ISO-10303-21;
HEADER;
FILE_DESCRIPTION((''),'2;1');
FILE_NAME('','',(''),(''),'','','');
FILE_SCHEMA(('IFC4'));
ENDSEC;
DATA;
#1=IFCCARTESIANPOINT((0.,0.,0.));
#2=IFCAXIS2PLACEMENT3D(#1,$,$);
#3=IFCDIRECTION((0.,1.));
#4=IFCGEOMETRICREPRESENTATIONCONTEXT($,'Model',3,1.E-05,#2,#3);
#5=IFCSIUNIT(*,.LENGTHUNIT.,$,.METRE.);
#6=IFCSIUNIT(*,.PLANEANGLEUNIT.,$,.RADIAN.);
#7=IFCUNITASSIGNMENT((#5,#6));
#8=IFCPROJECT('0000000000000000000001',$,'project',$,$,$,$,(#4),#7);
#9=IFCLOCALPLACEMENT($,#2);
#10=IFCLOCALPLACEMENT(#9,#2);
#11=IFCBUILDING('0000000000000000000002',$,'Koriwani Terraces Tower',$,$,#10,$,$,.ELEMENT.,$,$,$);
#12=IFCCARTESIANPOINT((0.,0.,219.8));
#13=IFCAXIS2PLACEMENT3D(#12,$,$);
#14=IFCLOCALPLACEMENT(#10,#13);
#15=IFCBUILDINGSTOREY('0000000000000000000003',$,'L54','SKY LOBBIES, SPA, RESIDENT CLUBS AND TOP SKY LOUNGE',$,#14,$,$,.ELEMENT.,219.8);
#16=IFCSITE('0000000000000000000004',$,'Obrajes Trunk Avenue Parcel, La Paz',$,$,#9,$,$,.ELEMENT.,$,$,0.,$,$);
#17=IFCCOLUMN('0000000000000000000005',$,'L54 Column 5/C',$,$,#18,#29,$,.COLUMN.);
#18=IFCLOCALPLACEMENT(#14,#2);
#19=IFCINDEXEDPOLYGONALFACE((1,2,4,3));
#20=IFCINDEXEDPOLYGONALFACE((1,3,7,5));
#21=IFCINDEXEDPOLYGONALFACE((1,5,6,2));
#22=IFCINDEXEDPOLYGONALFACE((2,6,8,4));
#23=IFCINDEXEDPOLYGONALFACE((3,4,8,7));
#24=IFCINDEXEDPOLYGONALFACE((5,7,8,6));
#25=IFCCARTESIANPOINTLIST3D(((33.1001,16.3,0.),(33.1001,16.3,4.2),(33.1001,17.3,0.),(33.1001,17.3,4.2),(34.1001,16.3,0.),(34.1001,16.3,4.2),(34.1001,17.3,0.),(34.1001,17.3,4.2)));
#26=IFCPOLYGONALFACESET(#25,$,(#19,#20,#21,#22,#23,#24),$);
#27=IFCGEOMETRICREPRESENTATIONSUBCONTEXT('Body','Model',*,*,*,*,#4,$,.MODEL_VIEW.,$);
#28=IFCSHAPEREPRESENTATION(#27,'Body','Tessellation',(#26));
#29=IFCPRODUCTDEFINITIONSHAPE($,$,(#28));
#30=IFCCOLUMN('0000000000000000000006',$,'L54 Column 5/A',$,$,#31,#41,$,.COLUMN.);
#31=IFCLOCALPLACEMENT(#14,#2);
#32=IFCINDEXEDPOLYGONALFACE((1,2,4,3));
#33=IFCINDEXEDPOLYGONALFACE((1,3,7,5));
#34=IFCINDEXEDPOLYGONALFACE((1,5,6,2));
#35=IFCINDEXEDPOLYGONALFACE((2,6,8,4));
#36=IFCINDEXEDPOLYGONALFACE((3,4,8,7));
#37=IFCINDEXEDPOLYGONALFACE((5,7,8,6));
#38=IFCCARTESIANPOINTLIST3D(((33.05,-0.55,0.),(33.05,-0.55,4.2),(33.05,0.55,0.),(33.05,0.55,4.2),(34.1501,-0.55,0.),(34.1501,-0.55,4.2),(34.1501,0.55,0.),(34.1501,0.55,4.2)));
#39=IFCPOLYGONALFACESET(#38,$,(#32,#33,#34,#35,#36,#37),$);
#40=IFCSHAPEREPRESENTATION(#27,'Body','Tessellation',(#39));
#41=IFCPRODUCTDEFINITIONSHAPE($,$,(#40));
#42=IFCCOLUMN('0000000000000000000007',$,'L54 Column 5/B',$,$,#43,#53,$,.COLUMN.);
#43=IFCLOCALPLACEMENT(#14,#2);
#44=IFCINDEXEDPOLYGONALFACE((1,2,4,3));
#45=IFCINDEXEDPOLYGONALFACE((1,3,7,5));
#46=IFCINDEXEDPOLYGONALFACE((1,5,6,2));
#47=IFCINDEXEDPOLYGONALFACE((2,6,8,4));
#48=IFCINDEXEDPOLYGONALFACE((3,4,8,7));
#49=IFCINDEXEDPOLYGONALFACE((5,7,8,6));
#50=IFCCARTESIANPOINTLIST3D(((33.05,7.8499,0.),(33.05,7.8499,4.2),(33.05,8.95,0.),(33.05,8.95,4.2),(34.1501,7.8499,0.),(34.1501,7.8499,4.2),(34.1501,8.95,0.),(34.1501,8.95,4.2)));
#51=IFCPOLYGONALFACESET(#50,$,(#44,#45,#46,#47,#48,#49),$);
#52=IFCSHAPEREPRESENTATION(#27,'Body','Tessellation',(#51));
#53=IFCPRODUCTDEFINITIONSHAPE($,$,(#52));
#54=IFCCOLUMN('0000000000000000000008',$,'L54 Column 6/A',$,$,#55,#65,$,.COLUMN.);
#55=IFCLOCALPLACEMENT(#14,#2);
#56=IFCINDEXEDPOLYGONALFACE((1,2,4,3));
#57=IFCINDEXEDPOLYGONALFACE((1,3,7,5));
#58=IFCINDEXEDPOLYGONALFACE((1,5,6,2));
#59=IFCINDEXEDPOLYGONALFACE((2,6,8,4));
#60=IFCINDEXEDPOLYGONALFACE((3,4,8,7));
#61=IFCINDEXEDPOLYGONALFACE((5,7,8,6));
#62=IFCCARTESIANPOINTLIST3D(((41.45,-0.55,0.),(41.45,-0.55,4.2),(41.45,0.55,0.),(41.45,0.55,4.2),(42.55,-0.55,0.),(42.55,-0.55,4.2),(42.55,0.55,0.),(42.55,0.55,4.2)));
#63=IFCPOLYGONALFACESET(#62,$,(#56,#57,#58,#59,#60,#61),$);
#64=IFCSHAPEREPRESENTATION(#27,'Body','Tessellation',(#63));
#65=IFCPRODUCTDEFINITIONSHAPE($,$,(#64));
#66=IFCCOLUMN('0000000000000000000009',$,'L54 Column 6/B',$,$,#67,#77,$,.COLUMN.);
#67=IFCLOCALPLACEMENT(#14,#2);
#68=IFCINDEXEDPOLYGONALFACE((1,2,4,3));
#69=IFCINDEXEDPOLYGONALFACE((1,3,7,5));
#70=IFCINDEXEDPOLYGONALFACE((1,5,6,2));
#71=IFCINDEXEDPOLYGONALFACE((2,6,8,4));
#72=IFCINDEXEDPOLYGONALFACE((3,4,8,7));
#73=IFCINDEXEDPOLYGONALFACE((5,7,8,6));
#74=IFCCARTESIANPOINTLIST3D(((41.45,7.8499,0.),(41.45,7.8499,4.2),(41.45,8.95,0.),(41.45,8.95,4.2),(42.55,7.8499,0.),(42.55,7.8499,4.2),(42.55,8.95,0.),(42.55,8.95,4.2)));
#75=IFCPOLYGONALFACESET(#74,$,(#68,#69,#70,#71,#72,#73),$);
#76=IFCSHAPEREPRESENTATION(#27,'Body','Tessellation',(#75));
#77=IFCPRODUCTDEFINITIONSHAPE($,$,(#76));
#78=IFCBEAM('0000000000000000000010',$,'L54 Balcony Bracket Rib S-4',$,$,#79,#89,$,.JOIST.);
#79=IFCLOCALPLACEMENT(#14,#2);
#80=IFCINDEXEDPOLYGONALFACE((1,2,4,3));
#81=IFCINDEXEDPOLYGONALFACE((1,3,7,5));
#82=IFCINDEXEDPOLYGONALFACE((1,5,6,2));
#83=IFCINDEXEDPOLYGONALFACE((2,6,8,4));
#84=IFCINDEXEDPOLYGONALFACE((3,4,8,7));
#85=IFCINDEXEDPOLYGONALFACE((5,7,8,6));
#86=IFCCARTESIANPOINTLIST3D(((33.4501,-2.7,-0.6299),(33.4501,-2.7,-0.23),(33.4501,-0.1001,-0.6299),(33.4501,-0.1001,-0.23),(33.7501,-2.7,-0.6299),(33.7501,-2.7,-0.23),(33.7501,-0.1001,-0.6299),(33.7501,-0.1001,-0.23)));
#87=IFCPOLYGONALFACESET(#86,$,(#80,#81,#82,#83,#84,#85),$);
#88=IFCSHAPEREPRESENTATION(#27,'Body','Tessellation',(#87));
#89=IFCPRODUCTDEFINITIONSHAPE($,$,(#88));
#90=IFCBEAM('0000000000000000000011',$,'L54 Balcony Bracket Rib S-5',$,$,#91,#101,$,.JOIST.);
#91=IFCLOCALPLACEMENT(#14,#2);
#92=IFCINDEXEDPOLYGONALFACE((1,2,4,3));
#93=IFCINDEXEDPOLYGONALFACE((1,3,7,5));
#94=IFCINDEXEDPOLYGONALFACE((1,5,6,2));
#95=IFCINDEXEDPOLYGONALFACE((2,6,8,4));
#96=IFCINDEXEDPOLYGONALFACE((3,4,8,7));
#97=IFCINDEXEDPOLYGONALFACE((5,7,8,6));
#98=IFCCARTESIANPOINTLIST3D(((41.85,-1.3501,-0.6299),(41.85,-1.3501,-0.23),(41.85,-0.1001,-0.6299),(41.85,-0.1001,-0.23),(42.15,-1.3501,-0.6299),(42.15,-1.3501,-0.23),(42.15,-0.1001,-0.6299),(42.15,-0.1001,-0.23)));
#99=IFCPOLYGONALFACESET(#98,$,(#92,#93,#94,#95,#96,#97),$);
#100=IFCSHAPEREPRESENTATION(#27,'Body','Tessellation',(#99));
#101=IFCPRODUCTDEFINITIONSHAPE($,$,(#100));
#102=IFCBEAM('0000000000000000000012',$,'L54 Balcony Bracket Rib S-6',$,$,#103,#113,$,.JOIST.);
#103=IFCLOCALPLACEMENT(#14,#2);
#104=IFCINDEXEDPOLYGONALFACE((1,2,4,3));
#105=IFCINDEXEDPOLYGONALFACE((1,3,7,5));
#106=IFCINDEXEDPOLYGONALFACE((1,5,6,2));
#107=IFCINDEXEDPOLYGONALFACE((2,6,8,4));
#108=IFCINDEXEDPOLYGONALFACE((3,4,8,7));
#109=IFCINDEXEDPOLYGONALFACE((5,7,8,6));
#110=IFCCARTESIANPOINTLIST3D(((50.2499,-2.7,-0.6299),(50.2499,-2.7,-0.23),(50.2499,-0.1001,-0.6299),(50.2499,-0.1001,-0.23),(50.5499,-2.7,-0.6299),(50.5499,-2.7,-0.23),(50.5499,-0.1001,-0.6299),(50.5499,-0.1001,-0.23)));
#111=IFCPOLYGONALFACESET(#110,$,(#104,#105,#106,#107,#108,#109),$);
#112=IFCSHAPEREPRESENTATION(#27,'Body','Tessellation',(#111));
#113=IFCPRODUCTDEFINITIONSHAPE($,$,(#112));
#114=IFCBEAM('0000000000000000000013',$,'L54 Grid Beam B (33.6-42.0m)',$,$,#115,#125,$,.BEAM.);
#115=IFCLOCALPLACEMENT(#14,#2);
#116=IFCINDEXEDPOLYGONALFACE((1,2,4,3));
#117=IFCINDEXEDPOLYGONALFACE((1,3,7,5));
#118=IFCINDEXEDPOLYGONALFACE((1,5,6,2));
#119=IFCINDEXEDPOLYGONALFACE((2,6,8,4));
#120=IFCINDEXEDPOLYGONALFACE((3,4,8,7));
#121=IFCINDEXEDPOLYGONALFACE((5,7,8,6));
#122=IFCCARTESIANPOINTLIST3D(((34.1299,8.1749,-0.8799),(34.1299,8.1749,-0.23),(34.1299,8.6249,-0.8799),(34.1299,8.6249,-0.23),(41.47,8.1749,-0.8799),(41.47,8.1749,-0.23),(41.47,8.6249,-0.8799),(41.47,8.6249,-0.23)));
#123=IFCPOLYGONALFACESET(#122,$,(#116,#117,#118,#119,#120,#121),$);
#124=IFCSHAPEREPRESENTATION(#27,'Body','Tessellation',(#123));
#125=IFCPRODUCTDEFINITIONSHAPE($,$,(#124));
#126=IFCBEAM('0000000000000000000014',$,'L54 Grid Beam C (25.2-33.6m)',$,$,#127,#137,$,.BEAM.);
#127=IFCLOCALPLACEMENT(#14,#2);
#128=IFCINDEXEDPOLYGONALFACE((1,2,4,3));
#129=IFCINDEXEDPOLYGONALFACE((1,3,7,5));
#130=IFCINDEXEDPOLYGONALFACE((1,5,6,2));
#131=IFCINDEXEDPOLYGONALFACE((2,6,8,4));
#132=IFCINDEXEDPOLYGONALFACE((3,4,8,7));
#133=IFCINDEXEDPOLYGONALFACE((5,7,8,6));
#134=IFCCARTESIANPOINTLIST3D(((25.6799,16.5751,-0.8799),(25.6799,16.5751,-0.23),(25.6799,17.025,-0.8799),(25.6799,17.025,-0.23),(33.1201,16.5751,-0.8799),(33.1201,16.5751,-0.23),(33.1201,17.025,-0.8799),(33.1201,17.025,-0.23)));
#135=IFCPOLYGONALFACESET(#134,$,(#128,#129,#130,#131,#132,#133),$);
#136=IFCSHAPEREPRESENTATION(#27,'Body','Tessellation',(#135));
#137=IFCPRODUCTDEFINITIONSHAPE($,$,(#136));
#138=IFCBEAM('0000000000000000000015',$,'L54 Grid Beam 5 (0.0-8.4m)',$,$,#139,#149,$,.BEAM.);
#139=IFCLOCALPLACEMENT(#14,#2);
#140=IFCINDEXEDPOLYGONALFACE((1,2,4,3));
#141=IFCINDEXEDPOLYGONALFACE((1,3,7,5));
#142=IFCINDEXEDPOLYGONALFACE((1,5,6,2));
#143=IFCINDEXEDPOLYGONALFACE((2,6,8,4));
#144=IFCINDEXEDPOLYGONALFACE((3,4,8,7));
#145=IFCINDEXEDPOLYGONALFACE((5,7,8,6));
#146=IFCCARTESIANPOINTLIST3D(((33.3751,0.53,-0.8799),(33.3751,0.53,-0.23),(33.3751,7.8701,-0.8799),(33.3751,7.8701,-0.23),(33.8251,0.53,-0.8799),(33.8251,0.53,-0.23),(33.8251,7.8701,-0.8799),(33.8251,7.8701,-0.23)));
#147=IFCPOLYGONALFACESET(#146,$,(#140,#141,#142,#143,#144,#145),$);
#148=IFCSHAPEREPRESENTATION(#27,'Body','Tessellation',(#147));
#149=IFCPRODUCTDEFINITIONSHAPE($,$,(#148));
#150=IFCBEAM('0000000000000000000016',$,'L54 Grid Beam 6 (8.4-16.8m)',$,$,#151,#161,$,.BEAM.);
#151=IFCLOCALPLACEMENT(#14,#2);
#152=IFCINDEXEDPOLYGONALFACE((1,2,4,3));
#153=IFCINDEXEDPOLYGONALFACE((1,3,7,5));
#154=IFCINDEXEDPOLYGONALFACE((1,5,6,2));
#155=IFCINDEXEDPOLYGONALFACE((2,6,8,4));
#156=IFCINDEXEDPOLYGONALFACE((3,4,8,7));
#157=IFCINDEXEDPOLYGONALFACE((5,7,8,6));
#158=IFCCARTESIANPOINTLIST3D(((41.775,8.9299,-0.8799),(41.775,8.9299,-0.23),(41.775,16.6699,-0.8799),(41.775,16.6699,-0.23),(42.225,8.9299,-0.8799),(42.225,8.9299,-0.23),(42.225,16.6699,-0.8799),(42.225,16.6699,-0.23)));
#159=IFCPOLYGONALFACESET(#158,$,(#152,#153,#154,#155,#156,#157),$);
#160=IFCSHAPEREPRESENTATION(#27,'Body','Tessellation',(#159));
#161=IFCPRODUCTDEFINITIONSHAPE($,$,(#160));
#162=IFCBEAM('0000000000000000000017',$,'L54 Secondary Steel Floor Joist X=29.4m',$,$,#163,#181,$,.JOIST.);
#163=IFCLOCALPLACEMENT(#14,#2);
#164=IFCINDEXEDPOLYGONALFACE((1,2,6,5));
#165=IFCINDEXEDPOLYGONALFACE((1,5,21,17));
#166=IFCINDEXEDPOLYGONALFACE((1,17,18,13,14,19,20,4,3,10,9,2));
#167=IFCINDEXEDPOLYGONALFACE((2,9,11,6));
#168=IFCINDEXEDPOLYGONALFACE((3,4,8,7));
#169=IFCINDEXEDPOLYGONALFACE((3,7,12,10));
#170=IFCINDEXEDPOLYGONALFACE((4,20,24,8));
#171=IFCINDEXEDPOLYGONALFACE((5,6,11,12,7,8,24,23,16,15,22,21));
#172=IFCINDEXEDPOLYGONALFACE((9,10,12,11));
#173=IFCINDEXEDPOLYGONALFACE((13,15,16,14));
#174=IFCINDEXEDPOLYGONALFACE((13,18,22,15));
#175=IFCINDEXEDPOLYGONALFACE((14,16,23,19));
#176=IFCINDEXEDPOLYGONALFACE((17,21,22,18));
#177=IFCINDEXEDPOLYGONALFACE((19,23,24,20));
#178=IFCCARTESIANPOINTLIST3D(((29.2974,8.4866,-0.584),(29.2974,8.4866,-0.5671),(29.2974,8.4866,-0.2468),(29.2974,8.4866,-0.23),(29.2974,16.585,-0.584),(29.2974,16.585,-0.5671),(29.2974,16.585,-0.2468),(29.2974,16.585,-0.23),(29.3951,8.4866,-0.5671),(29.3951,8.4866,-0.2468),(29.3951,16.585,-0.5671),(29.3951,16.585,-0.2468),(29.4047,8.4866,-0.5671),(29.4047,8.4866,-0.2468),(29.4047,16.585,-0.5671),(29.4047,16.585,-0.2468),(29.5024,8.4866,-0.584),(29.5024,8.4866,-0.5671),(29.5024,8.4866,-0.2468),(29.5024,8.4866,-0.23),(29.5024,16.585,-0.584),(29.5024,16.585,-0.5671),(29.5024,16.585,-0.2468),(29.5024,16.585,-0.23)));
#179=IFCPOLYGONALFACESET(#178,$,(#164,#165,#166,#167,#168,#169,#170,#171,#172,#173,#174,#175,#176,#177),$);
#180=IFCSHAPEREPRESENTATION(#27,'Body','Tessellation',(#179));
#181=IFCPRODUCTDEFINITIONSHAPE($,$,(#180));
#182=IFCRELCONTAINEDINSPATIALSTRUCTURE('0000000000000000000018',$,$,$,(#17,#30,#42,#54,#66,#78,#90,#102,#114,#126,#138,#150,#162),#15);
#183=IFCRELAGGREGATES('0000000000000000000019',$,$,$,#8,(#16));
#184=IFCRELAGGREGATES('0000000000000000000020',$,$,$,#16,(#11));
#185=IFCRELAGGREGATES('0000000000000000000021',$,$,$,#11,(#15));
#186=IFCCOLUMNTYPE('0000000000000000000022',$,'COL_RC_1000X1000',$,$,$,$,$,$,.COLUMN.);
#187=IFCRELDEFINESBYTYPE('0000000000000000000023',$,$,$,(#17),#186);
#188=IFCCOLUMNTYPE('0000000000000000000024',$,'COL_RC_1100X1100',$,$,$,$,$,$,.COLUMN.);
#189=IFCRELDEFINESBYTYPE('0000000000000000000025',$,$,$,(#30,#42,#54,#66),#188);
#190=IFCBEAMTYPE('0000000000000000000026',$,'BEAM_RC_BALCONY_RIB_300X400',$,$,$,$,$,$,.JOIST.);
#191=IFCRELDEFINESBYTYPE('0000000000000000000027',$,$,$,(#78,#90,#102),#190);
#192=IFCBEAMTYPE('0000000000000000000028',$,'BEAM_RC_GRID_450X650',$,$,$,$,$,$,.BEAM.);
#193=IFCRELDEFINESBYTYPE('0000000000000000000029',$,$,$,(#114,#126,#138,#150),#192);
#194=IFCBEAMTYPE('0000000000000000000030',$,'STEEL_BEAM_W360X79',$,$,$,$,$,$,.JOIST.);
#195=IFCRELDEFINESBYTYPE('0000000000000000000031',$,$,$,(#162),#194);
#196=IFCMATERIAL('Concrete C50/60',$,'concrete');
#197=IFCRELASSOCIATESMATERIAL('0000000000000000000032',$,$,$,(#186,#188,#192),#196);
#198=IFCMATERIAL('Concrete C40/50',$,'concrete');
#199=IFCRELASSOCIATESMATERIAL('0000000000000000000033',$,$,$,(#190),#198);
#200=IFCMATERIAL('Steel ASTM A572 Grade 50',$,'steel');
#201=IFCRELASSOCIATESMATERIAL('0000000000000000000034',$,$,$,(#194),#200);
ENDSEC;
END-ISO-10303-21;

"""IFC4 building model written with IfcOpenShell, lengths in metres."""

from ifc_helpers import new_model, si_unit, direction, frame, origin, origin_2d, place, context, subcontext, project, spatial, rectangle, i_section, extrude, material, material_profile, profile_set, type_object, element, save


model = new_model("IFC4")

# Units and contexts
model_context = context("Model", 3, precision=1e-05, world=origin(), true_north=direction((0.0, 1.0)))
body_context = subcontext(model_context, "Body", "Model", "MODEL_VIEW")
ifc_project = project(units=[si_unit("LENGTHUNIT", "METRE"), si_unit("PLANEANGLEUNIT", "RADIAN")], contexts=[model_context])

# Site, building, storey
site_placement = place(None, origin())
site = spatial("IfcSite", under=ifc_project, at=site_placement, Name="Obrajes Trunk Avenue Parcel, La Paz", CompositionType="ELEMENT", RefElevation=0.0)
building_placement = place(site_placement, origin())
building = spatial("IfcBuilding", under=site, at=building_placement, Name="Koriwani Terraces Tower", CompositionType="ELEMENT")
storey_placement = place(building_placement, frame((0.0, 0.0, 219.8)))
storey = spatial("IfcBuildingStorey", under=building, at=storey_placement, Name="L54", Description="SKY LOBBIES, SPA, RESIDENT CLUBS AND TOP SKY LOUNGE", CompositionType="ELEMENT", Elevation=219.8)

# Columns
ifc_material_1 = material(Name="Concrete C50/60", Category="concrete")
ifc_material_profile_1 = material_profile(ifc_material_1, rectangle(XDim=1.0, YDim=1.0, at=origin_2d()), Name="Concrete C50/60", Category="LoadBearing")
ifc_profile_set_1 = profile_set([ifc_material_profile_1], Name="Concrete C50/60")
column_type_1 = type_object("IfcColumnType", Name="COL_RC_1000X1000", PredefinedType="COLUMN", material=ifc_profile_set_1)
column_placement = place(storey_placement, frame((33.6001, 16.8, 0.0), z_axis=(0.0, 0.0, 1.0), x_axis=(1.0, 0.0, 0.0)))
element("IfcColumn", 1, at=column_placement, inside=storey, type_object=column_type_1, Name="L54 Column 5/C", PredefinedType="COLUMN", context=body_context, shape_type="SweptSolid", body=[
    extrude(rectangle(XDim=1.0, YDim=1.0, at=origin_2d()), origin(), (0.0, 0.0, 1.0), 4.2),
])
ifc_material_profile_2 = material_profile(ifc_material_1, rectangle(XDim=1.1001, YDim=1.1001, at=origin_2d()), Name="Concrete C50/60", Category="LoadBearing")
ifc_profile_set_2 = profile_set([ifc_material_profile_2], Name="Concrete C50/60")
column_type_2 = type_object("IfcColumnType", Name="COL_RC_1100X1100", PredefinedType="COLUMN", material=ifc_profile_set_2)
for number, where, z_axis, x_axis, name in (
    (2, (33.6001, 0.0, 0.0), (0.0, 0.0, 1.0), (1.0, 0.0, 0.0), "L54 Column 5/A"),
    (3, (33.6001, 8.3999, 0.0), (0.0, 0.0, 1.0), (1.0, 0.0, 0.0), "L54 Column 5/B"),
    (4, (42.0, 0.0, 0.0), (0.0, 0.0, 1.0), (1.0, 0.0, 0.0), "L54 Column 6/A"),
    (5, (42.0, 8.3999, 0.0), (0.0, 0.0, 1.0), (1.0, 0.0, 0.0), "L54 Column 6/B"),
):
    element("IfcColumn", number, at=place(storey_placement, frame(where, z_axis=z_axis, x_axis=x_axis)), inside=storey, type_object=column_type_2, Name=name, PredefinedType="COLUMN", context=body_context, shape_type="SweptSolid", body=[
        extrude(rectangle(XDim=1.1001, YDim=1.1001, at=origin_2d()), origin(), (0.0, 0.0, 1.0), 4.2),
    ])

# Beams
ifc_material_2 = material(Name="Concrete C40/50", Category="concrete")
ifc_material_profile_3 = material_profile(ifc_material_2, rectangle(XDim=0.3, YDim=0.3999, at=origin_2d()), Name="Concrete C40/50", Category="LoadBearing")
ifc_profile_set_3 = profile_set([ifc_material_profile_3], Name="Concrete C40/50")
beam_type_1 = type_object("IfcBeamType", Name="BEAM_RC_BALCONY_RIB_300X400", PredefinedType="JOIST", material=ifc_profile_set_3)
beam_1_placement = place(storey_placement, frame((33.6001, -2.7, -0.4299), z_axis=(0.0, 1.0, 0.0), x_axis=(-1.0, 0.0, 0.0)))
element("IfcBeam", 6, at=beam_1_placement, inside=storey, type_object=beam_type_1, Name="L54 Balcony Bracket Rib S-4", PredefinedType="JOIST", context=body_context, shape_type="SweptSolid", body=[
    extrude(rectangle(XDim=0.3, YDim=0.3999, at=origin_2d()), origin(), (0.0, 0.0, 1.0), 2.5999),
])
beam_2_placement = place(storey_placement, frame((42.0, -1.3501, -0.4299), z_axis=(0.0, 1.0, 0.0), x_axis=(-1.0, 0.0, 0.0)))
element("IfcBeam", 7, at=beam_2_placement, inside=storey, type_object=beam_type_1, Name="L54 Balcony Bracket Rib S-5", PredefinedType="JOIST", context=body_context, shape_type="SweptSolid", body=[
    extrude(rectangle(XDim=0.3, YDim=0.3999, at=origin_2d()), origin(), (0.0, 0.0, 1.0), 1.25),
])
beam_3_placement = place(storey_placement, frame((50.3999, -2.7, -0.4299), z_axis=(0.0, 1.0, 0.0), x_axis=(-1.0, 0.0, 0.0)))
element("IfcBeam", 8, at=beam_3_placement, inside=storey, type_object=beam_type_1, Name="L54 Balcony Bracket Rib S-6", PredefinedType="JOIST", context=body_context, shape_type="SweptSolid", body=[
    extrude(rectangle(XDim=0.3, YDim=0.3999, at=origin_2d()), origin(), (0.0, 0.0, 1.0), 2.5999),
])
ifc_material_profile_4 = material_profile(ifc_material_1, rectangle(XDim=0.45, YDim=0.6499, at=origin_2d()), Name="Concrete C50/60", Category="LoadBearing")
ifc_profile_set_4 = profile_set([ifc_material_profile_4], Name="Concrete C50/60")
beam_type_2 = type_object("IfcBeamType", Name="BEAM_RC_GRID_450X650", PredefinedType="BEAM", material=ifc_profile_set_4)
beam_4_placement = place(storey_placement, frame((34.1299, 8.3999, -0.5549), z_axis=(1.0, 0.0, 0.0), x_axis=(0.0, 1.0, 0.0)))
element("IfcBeam", 9, at=beam_4_placement, inside=storey, type_object=beam_type_2, Name="L54 Grid Beam B (33.6-42.0m)", PredefinedType="BEAM", context=body_context, shape_type="SweptSolid", body=[
    extrude(rectangle(XDim=0.45, YDim=0.6499, at=origin_2d()), origin(), (0.0, 0.0, 1.0), 7.3401),
])
beam_5_placement = place(storey_placement, frame((25.6799, 16.8, -0.5549), z_axis=(1.0, 0.0, 0.0), x_axis=(0.0, 1.0, 0.0)))
element("IfcBeam", 10, at=beam_5_placement, inside=storey, type_object=beam_type_2, Name="L54 Grid Beam C (25.2-33.6m)", PredefinedType="BEAM", context=body_context, shape_type="SweptSolid", body=[
    extrude(rectangle(XDim=0.45, YDim=0.6499, at=origin_2d()), origin(), (0.0, 0.0, 1.0), 7.4402),
])
beam_6_placement = place(storey_placement, frame((33.6001, 0.53, -0.5549), z_axis=(0.0, 1.0, 0.0), x_axis=(-1.0, 0.0, 0.0)))
element("IfcBeam", 11, at=beam_6_placement, inside=storey, type_object=beam_type_2, Name="L54 Grid Beam 5 (0.0-8.4m)", PredefinedType="BEAM", context=body_context, shape_type="SweptSolid", body=[
    extrude(rectangle(XDim=0.45, YDim=0.6499, at=origin_2d()), origin(), (0.0, 0.0, 1.0), 7.3401),
])
beam_7_placement = place(storey_placement, frame((42.0, 8.9299, -0.5549), z_axis=(0.0, 1.0, 0.0), x_axis=(-1.0, 0.0, 0.0)))
element("IfcBeam", 12, at=beam_7_placement, inside=storey, type_object=beam_type_2, Name="L54 Grid Beam 6 (8.4-16.8m)", PredefinedType="BEAM", context=body_context, shape_type="SweptSolid", body=[
    extrude(rectangle(XDim=0.45, YDim=0.6499, at=origin_2d()), origin(), (0.0, 0.0, 1.0), 7.74),
])
ifc_material_3 = material(Name="Steel ASTM A572 Grade 50", Category="steel")
ifc_material_profile_5 = material_profile(ifc_material_3, i_section(OverallWidth=0.2051, OverallDepth=0.354, WebThickness=0.0095, FlangeThickness=0.0168, at=origin_2d()), Name="Steel ASTM A572 Grade 50", Category="LoadBearing")
ifc_profile_set_5 = profile_set([ifc_material_profile_5], Name="Steel ASTM A572 Grade 50")
beam_type_3 = type_object("IfcBeamType", Name="STEEL_BEAM_W360X79", PredefinedType="JOIST", material=ifc_profile_set_5)
beam_8_placement = place(storey_placement, frame((29.3999, 8.4866, -0.407), z_axis=(0.0, 1.0, 0.0), x_axis=(-1.0, 0.0, 0.0)))
element("IfcBeam", 13, at=beam_8_placement, inside=storey, type_object=beam_type_3, Name="L54 Secondary Steel Floor Joist X=29.4m", PredefinedType="JOIST", context=body_context, shape_type="SweptSolid", body=[
    extrude(i_section(OverallWidth=0.2051, OverallDepth=0.354, WebThickness=0.0095, FlangeThickness=0.0168, at=origin_2d()), origin(), (0.0, 0.0, 1.0), 8.0984),
])

save(model, "model.ifc")
